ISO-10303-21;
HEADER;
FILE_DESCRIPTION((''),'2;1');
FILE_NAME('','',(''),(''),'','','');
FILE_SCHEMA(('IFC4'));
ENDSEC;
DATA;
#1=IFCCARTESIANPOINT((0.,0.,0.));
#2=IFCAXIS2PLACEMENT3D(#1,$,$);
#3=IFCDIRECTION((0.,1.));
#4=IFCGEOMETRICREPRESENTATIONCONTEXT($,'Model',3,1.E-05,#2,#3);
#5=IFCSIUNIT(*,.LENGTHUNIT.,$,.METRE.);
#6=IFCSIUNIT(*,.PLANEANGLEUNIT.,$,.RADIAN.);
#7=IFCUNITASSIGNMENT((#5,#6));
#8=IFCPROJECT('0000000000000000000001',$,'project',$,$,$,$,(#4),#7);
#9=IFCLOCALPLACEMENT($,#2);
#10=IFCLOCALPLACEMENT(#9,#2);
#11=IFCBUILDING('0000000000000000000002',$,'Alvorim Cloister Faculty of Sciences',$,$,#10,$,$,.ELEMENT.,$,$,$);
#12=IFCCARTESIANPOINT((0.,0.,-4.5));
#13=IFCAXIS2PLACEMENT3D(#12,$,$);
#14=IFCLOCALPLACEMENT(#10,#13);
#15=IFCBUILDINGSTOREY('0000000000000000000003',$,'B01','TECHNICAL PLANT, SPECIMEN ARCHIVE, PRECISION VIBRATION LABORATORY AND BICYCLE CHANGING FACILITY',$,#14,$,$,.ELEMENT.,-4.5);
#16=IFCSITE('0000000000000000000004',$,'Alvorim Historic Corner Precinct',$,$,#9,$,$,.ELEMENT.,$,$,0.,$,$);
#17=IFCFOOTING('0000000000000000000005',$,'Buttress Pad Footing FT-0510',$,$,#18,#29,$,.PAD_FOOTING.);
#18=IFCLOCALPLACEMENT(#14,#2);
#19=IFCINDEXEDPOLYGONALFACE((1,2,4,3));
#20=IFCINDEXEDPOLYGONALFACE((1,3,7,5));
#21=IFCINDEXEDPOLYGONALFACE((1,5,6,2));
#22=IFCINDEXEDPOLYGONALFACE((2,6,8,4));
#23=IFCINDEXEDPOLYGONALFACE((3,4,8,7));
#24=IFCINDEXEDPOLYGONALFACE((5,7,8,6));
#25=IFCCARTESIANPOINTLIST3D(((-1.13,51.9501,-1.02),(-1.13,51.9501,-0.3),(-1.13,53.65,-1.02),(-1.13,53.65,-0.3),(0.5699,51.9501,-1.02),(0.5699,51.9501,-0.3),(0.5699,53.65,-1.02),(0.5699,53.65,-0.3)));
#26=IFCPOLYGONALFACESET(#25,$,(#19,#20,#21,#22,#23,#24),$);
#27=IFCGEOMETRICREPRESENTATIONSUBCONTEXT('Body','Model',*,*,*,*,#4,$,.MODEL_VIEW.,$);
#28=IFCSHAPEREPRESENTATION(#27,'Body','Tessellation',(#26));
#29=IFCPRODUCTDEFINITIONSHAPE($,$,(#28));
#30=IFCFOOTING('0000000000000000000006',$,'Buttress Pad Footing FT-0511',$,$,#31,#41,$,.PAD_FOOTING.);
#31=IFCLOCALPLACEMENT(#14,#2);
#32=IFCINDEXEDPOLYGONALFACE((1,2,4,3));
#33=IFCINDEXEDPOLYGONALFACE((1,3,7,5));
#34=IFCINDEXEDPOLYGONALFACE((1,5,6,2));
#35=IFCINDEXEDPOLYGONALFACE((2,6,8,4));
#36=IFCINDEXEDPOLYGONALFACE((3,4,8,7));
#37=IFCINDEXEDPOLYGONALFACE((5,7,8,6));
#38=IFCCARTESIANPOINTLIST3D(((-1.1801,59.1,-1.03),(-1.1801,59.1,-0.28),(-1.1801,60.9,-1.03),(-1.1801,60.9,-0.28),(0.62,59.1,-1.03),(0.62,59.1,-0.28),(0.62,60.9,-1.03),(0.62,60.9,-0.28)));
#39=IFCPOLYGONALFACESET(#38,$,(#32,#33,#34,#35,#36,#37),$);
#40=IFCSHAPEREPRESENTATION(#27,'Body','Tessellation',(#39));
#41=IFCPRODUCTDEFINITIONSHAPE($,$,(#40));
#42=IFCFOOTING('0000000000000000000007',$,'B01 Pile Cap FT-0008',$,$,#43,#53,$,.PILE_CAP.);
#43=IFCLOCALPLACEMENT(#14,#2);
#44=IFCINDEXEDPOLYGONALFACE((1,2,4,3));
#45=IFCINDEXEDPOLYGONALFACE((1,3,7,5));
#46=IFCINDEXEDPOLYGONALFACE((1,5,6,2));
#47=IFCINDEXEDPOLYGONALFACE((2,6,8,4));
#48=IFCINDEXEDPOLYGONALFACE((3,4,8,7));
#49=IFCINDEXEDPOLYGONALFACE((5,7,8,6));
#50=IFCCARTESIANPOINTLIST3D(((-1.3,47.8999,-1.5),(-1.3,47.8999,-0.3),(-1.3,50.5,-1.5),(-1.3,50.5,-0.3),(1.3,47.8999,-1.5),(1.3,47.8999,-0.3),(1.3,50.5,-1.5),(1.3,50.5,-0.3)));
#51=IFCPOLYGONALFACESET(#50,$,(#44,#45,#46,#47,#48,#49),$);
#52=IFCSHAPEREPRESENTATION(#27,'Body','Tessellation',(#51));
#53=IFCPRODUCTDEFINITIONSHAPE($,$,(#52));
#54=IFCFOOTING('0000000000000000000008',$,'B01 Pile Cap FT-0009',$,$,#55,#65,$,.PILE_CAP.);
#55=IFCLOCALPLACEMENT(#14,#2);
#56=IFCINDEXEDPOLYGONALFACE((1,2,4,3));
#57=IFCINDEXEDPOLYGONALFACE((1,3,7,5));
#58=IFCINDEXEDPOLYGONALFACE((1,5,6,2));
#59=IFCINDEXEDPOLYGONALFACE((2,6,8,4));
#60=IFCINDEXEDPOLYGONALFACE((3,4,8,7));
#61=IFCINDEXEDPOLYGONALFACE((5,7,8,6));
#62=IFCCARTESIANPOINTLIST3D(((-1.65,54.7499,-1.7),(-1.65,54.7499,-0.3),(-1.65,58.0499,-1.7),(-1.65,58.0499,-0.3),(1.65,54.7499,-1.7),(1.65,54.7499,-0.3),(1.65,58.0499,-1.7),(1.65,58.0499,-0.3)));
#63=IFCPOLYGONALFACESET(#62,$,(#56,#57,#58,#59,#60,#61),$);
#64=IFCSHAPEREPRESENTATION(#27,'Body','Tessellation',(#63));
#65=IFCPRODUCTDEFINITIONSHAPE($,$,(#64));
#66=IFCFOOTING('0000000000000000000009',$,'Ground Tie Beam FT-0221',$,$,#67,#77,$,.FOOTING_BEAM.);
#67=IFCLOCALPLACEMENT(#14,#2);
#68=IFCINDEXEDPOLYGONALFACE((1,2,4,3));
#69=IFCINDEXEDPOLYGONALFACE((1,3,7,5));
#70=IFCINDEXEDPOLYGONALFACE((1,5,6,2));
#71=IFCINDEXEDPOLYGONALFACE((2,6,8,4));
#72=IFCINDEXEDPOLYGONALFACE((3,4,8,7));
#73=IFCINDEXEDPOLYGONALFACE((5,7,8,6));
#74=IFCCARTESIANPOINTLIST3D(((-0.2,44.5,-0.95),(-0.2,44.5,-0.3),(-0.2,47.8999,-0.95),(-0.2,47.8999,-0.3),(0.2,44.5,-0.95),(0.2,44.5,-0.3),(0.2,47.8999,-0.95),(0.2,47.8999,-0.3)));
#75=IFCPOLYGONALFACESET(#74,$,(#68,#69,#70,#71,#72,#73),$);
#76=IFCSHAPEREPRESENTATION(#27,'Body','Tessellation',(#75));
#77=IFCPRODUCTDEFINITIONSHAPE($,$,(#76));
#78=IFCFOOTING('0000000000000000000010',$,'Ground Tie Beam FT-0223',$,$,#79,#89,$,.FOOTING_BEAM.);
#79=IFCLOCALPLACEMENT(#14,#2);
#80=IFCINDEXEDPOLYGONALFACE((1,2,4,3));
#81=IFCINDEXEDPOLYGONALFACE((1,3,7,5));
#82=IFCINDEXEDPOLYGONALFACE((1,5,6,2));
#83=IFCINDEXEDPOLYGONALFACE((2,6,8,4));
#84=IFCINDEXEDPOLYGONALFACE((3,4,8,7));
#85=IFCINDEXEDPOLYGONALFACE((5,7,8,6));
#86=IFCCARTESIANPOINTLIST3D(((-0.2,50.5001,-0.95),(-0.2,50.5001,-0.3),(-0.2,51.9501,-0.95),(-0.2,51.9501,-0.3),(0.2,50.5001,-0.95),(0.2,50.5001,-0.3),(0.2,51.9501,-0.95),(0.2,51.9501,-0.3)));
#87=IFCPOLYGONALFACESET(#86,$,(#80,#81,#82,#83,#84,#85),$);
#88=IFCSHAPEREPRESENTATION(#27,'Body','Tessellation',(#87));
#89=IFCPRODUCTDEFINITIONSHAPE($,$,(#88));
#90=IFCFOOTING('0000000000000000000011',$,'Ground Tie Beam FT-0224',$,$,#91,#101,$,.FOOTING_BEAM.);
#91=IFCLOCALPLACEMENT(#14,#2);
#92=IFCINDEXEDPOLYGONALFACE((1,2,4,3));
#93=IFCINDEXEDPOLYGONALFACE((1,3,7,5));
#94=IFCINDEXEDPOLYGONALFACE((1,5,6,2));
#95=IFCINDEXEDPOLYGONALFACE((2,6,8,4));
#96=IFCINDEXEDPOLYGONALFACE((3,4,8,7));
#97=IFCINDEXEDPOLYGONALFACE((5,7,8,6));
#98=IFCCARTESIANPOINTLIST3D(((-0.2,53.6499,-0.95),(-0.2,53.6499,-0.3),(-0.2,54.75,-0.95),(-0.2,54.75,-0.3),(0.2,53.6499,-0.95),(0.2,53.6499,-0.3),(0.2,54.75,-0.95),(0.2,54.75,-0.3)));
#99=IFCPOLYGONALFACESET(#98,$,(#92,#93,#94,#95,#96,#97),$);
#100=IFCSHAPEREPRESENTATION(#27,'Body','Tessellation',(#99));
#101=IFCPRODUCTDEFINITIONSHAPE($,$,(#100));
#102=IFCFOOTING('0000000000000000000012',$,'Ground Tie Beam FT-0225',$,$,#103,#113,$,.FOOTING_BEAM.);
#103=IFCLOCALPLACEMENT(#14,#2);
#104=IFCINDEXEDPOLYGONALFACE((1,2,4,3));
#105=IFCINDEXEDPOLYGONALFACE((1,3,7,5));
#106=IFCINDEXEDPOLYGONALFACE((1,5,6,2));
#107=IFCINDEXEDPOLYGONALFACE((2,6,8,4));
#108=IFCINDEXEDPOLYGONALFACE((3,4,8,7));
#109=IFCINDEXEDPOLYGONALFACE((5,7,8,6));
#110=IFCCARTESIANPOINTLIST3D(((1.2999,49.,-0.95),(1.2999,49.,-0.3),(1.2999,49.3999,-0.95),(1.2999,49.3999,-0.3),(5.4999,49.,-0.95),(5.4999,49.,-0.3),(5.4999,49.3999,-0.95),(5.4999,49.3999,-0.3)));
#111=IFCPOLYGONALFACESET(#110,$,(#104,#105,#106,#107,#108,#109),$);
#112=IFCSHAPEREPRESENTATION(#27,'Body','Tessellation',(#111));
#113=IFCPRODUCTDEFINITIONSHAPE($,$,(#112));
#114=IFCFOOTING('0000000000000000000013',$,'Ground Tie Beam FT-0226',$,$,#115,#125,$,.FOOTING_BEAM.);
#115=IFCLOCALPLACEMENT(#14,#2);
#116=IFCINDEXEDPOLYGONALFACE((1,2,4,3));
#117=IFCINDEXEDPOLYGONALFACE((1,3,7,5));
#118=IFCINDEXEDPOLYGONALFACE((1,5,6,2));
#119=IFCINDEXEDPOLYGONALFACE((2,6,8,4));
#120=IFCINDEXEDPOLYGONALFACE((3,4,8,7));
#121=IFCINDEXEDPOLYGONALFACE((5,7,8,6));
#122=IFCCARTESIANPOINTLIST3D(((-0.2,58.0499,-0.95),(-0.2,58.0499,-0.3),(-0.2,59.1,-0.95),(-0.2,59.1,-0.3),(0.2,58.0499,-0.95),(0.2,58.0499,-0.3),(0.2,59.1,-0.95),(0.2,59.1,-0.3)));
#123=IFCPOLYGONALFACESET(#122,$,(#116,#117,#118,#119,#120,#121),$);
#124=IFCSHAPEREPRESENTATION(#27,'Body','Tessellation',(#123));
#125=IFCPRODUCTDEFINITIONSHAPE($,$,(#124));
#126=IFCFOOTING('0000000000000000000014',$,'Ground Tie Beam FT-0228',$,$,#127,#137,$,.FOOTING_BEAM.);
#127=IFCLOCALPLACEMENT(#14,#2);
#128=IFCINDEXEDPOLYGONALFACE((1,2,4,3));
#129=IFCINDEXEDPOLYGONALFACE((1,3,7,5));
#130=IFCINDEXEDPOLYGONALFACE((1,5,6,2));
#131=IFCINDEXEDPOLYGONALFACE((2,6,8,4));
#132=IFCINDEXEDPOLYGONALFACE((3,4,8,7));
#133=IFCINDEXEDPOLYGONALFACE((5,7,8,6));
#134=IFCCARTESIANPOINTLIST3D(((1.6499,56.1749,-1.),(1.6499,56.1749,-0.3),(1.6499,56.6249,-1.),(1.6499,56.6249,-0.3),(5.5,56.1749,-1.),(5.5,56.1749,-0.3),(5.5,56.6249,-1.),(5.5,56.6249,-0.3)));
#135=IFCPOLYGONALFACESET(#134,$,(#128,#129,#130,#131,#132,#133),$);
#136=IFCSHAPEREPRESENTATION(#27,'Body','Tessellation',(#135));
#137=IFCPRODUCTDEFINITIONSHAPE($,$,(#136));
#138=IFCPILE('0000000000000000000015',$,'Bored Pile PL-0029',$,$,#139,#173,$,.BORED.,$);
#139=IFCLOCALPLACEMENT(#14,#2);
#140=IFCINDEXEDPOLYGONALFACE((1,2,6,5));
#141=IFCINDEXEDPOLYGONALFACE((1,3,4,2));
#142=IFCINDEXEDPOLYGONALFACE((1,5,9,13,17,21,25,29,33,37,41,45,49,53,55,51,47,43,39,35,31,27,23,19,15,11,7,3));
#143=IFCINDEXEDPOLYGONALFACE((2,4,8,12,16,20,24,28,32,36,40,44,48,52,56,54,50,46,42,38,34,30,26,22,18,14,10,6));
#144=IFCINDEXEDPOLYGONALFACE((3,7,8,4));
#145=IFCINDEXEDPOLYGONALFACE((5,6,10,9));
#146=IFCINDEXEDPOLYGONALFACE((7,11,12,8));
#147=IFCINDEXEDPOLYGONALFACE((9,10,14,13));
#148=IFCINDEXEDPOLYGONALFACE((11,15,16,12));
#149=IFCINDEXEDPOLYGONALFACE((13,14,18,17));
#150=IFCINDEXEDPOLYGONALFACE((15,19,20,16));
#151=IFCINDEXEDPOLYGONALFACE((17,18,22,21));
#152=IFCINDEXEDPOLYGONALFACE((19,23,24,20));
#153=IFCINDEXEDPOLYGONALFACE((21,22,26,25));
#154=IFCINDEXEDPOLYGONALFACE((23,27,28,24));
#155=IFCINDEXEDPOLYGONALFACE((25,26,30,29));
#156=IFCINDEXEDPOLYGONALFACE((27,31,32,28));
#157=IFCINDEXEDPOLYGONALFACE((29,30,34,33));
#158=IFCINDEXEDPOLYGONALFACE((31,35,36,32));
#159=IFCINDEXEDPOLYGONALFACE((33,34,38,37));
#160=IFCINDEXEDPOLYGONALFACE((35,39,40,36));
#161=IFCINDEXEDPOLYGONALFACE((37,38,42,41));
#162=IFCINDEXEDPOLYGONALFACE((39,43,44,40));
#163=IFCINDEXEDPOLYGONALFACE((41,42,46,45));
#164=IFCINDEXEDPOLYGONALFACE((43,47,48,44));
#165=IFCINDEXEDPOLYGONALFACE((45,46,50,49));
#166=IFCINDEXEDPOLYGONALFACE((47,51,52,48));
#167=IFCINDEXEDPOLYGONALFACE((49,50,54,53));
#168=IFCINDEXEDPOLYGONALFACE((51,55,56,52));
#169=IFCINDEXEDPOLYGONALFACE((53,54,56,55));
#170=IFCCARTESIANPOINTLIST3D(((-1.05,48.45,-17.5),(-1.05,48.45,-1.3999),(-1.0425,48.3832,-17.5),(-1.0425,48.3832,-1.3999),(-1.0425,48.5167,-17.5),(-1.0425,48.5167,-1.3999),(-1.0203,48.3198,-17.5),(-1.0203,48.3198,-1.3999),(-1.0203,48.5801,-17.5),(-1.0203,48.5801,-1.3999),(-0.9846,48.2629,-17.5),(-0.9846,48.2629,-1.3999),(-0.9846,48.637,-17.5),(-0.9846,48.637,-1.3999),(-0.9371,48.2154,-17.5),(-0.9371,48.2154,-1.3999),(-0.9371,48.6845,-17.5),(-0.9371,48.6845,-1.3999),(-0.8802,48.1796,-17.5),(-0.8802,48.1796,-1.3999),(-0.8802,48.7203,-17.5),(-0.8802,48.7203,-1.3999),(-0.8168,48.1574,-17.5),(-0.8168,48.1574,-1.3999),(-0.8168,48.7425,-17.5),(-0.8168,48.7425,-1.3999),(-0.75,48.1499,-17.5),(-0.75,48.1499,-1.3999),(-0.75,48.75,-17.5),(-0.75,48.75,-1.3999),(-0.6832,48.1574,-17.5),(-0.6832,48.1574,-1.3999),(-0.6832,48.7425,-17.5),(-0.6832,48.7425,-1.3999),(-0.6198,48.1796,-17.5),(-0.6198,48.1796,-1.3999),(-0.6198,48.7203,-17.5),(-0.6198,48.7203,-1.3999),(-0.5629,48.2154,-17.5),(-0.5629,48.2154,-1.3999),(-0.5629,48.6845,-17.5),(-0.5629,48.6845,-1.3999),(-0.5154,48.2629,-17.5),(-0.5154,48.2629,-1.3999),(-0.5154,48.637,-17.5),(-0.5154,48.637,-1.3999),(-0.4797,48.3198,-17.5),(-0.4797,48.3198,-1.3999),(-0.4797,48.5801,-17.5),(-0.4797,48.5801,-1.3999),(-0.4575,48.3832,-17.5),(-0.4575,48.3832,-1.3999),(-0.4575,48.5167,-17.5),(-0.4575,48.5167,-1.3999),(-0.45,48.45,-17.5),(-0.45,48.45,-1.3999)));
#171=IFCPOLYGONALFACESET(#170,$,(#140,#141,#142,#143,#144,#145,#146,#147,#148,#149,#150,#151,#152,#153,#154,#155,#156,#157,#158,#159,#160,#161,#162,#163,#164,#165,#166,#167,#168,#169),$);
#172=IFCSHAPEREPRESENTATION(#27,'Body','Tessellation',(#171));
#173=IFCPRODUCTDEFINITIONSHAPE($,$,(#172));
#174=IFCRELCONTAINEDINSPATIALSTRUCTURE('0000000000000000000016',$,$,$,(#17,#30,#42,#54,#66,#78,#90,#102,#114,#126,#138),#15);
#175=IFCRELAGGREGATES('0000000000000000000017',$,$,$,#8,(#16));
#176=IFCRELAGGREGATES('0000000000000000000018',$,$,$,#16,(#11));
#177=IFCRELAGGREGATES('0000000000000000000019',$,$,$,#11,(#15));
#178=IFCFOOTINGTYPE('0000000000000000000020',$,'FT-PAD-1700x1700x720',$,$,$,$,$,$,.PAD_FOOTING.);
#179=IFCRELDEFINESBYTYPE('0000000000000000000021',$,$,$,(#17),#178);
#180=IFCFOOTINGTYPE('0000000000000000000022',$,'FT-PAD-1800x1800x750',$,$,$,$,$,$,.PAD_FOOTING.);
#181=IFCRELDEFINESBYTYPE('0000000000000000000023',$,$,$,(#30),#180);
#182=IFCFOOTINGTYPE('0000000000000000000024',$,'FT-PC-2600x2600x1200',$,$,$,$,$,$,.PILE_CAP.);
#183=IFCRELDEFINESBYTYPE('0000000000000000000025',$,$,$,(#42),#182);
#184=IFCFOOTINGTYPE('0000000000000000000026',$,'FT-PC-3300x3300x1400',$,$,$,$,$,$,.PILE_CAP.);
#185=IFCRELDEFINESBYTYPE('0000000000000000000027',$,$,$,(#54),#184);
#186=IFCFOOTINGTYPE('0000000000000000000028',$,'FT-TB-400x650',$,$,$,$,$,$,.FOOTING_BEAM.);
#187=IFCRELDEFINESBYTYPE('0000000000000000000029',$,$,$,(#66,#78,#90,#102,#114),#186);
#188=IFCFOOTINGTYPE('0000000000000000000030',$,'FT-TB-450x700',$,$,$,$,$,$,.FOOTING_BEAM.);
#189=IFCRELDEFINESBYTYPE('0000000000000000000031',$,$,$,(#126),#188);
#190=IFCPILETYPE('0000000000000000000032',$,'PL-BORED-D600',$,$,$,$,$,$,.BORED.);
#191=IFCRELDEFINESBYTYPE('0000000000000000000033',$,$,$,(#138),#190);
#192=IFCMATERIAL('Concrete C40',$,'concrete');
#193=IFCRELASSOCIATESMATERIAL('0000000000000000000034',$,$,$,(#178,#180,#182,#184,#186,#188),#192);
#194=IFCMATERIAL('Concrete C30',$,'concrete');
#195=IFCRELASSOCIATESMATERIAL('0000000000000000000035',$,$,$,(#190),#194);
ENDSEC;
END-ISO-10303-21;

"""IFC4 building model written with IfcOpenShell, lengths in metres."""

from ifc_helpers import new_model, si_unit, direction, frame, origin, origin_2d, place, context, subcontext, project, spatial, rectangle, circle, extrude, material, material_profile, profile_set, type_object, element, save


model = new_model("IFC4")

# Units and contexts
model_context = context("Model", 3, precision=1e-05, world=origin(), true_north=direction((0.0, 1.0)))
body_context = subcontext(model_context, "Body", "Model", "MODEL_VIEW")
ifc_project = project(units=[si_unit("LENGTHUNIT", "METRE"), si_unit("PLANEANGLEUNIT", "RADIAN")], contexts=[model_context])

# Site, building, storey
site_placement = place(None, origin())
site = spatial("IfcSite", under=ifc_project, at=site_placement, Name="Alvorim Historic Corner Precinct", CompositionType="ELEMENT", RefElevation=0.0)
building_placement = place(site_placement, origin())
building = spatial("IfcBuilding", under=site, at=building_placement, Name="Alvorim Cloister Faculty of Sciences", CompositionType="ELEMENT")
storey_placement = place(building_placement, frame((0.0, 0.0, -4.5)))
storey = spatial("IfcBuildingStorey", under=building, at=storey_placement, Name="B01", Description="TECHNICAL PLANT, SPECIMEN ARCHIVE, PRECISION VIBRATION LABORATORY AND BICYCLE CHANGING FACILITY", CompositionType="ELEMENT", Elevation=-4.5)

# Footings
ifc_material_1 = material(Name="Concrete C40", Category="concrete")
footing_type_1 = type_object("IfcFootingType", Name="FT-PAD-1700x1700x720", PredefinedType="PAD_FOOTING", material=ifc_material_1)
footing_1_placement = place(storey_placement, frame((-0.28, 52.8, -1.02), z_axis=(0.0, 0.0, 1.0), x_axis=(1.0, 0.0, 0.0)))
element("IfcFooting", 1, at=footing_1_placement, inside=storey, type_object=footing_type_1, Name="Buttress Pad Footing FT-0510", PredefinedType="PAD_FOOTING", context=body_context, shape_type="SweptSolid", body=[
    extrude(rectangle(XDim=1.7, YDim=1.7, at=origin_2d()), origin(), (0.0, 0.0, 1.0), 0.72),
])
footing_type_2 = type_object("IfcFootingType", Name="FT-PAD-1800x1800x750", PredefinedType="PAD_FOOTING", material=ifc_material_1)
footing_2_placement = place(storey_placement, frame((-0.28, 60.0, -1.03), z_axis=(0.0, 0.0, 1.0), x_axis=(1.0, 0.0, 0.0)))
element("IfcFooting", 2, at=footing_2_placement, inside=storey, type_object=footing_type_2, Name="Buttress Pad Footing FT-0511", PredefinedType="PAD_FOOTING", context=body_context, shape_type="SweptSolid", body=[
    extrude(rectangle(XDim=1.8, YDim=1.8, at=origin_2d()), origin(), (0.0, 0.0, 1.0), 0.75),
])
footing_type_3 = type_object("IfcFootingType", Name="FT-PC-2600x2600x1200", PredefinedType="PILE_CAP", material=ifc_material_1)
footing_3_placement = place(storey_placement, frame((0.0, 49.2, -1.5), z_axis=(0.0, 0.0, 1.0), x_axis=(1.0, 0.0, 0.0)))
element("IfcFooting", 3, at=footing_3_placement, inside=storey, type_object=footing_type_3, Name="B01 Pile Cap FT-0008", PredefinedType="PILE_CAP", context=body_context, shape_type="SweptSolid", body=[
    extrude(rectangle(XDim=2.6001, YDim=2.6001, at=origin_2d()), origin(), (0.0, 0.0, 1.0), 1.2),
])
footing_type_4 = type_object("IfcFootingType", Name="FT-PC-3300x3300x1400", PredefinedType="PILE_CAP", material=ifc_material_1)
footing_4_placement = place(storey_placement, frame((0.0, 56.3999, -1.7), z_axis=(0.0, 0.0, 1.0), x_axis=(1.0, 0.0, 0.0)))
element("IfcFooting", 4, at=footing_4_placement, inside=storey, type_object=footing_type_4, Name="B01 Pile Cap FT-0009", PredefinedType="PILE_CAP", context=body_context, shape_type="SweptSolid", body=[
    extrude(rectangle(XDim=3.3, YDim=3.3, at=origin_2d()), origin(), (0.0, 0.0, 1.0), 1.3999),
])
footing_type_5 = type_object("IfcFootingType", Name="FT-TB-400x650", PredefinedType="FOOTING_BEAM", material=ifc_material_1)
footing_5_placement = place(storey_placement, frame((0.0, 46.2, -0.95), z_axis=(0.0, 0.0, 1.0), x_axis=(1.0, 0.0, 0.0)))
element("IfcFooting", 5, at=footing_5_placement, inside=storey, type_object=footing_type_5, Name="Ground Tie Beam FT-0221", PredefinedType="FOOTING_BEAM", context=body_context, shape_type="SweptSolid", body=[
    extrude(rectangle(XDim=0.3999, YDim=3.3999, at=origin_2d()), origin(), (0.0, 0.0, 1.0), 0.6499),
])
footing_6_placement = place(storey_placement, frame((0.0, 51.2251, -0.95), z_axis=(0.0, 0.0, 1.0), x_axis=(1.0, 0.0, 0.0)))
element("IfcFooting", 6, at=footing_6_placement, inside=storey, type_object=footing_type_5, Name="Ground Tie Beam FT-0223", PredefinedType="FOOTING_BEAM", context=body_context, shape_type="SweptSolid", body=[
    extrude(rectangle(XDim=0.3999, YDim=1.45, at=origin_2d()), origin(), (0.0, 0.0, 1.0), 0.6499),
])
footing_7_placement = place(storey_placement, frame((0.0, 54.2, -0.95), z_axis=(0.0, 0.0, 1.0), x_axis=(1.0, 0.0, 0.0)))
element("IfcFooting", 7, at=footing_7_placement, inside=storey, type_object=footing_type_5, Name="Ground Tie Beam FT-0224", PredefinedType="FOOTING_BEAM", context=body_context, shape_type="SweptSolid", body=[
    extrude(rectangle(XDim=0.3999, YDim=1.1001, at=origin_2d()), origin(), (0.0, 0.0, 1.0), 0.6499),
])
footing_8_placement = place(storey_placement, frame((3.3999, 49.2, -0.95), z_axis=(0.0, 0.0, 1.0), x_axis=(1.0, 0.0, 0.0)))
element("IfcFooting", 8, at=footing_8_placement, inside=storey, type_object=footing_type_5, Name="Ground Tie Beam FT-0225", PredefinedType="FOOTING_BEAM", context=body_context, shape_type="SweptSolid", body=[
    extrude(rectangle(XDim=4.2, YDim=0.3999, at=origin_2d()), origin(), (0.0, 0.0, 1.0), 0.6499),
])
footing_9_placement = place(storey_placement, frame((0.0, 58.575, -0.95), z_axis=(0.0, 0.0, 1.0), x_axis=(1.0, 0.0, 0.0)))
element("IfcFooting", 9, at=footing_9_placement, inside=storey, type_object=footing_type_5, Name="Ground Tie Beam FT-0226", PredefinedType="FOOTING_BEAM", context=body_context, shape_type="SweptSolid", body=[
    extrude(rectangle(XDim=0.3999, YDim=1.05, at=origin_2d()), origin(), (0.0, 0.0, 1.0), 0.6499),
])
footing_type_6 = type_object("IfcFootingType", Name="FT-TB-450x700", PredefinedType="FOOTING_BEAM", material=ifc_material_1)
footing_10_placement = place(storey_placement, frame((3.575, 56.3999, -1.0), z_axis=(0.0, 0.0, 1.0), x_axis=(1.0, 0.0, 0.0)))
element("IfcFooting", 10, at=footing_10_placement, inside=storey, type_object=footing_type_6, Name="Ground Tie Beam FT-0228", PredefinedType="FOOTING_BEAM", context=body_context, shape_type="SweptSolid", body=[
    extrude(rectangle(XDim=3.8501, YDim=0.45, at=origin_2d()), origin(), (0.0, 0.0, 1.0), 0.7),
])

# Pile
ifc_material_2 = material(Name="Concrete C30", Category="concrete")
ifc_material_profile_1 = material_profile(ifc_material_2, circle(Radius=0.3, at=origin_2d()), Name="PILE-D600")
ifc_profile_set_1 = profile_set([ifc_material_profile_1], Name="Concrete C30")
pile_type_1 = type_object("IfcPileType", Name="PL-BORED-D600", PredefinedType="BORED", material=ifc_profile_set_1)
for number, where, z_axis, x_axis, name in (
    (11, (-0.75, 48.45, -1.3999), (0.0, 0.0, -1.0), (1.0, 0.0, 0.0), "Bored Pile PL-0029"),
):
    element("IfcPile", number, at=place(storey_placement, frame(where, z_axis=z_axis, x_axis=x_axis)), inside=storey, type_object=pile_type_1, Name=name, PredefinedType="BORED", context=body_context, shape_type="SweptSolid", body=[
        extrude(circle(Radius=0.3, at=origin_2d()), origin(), (0.0, 0.0, 1.0), 16.1001),
    ])

save(model, "model.ifc")
